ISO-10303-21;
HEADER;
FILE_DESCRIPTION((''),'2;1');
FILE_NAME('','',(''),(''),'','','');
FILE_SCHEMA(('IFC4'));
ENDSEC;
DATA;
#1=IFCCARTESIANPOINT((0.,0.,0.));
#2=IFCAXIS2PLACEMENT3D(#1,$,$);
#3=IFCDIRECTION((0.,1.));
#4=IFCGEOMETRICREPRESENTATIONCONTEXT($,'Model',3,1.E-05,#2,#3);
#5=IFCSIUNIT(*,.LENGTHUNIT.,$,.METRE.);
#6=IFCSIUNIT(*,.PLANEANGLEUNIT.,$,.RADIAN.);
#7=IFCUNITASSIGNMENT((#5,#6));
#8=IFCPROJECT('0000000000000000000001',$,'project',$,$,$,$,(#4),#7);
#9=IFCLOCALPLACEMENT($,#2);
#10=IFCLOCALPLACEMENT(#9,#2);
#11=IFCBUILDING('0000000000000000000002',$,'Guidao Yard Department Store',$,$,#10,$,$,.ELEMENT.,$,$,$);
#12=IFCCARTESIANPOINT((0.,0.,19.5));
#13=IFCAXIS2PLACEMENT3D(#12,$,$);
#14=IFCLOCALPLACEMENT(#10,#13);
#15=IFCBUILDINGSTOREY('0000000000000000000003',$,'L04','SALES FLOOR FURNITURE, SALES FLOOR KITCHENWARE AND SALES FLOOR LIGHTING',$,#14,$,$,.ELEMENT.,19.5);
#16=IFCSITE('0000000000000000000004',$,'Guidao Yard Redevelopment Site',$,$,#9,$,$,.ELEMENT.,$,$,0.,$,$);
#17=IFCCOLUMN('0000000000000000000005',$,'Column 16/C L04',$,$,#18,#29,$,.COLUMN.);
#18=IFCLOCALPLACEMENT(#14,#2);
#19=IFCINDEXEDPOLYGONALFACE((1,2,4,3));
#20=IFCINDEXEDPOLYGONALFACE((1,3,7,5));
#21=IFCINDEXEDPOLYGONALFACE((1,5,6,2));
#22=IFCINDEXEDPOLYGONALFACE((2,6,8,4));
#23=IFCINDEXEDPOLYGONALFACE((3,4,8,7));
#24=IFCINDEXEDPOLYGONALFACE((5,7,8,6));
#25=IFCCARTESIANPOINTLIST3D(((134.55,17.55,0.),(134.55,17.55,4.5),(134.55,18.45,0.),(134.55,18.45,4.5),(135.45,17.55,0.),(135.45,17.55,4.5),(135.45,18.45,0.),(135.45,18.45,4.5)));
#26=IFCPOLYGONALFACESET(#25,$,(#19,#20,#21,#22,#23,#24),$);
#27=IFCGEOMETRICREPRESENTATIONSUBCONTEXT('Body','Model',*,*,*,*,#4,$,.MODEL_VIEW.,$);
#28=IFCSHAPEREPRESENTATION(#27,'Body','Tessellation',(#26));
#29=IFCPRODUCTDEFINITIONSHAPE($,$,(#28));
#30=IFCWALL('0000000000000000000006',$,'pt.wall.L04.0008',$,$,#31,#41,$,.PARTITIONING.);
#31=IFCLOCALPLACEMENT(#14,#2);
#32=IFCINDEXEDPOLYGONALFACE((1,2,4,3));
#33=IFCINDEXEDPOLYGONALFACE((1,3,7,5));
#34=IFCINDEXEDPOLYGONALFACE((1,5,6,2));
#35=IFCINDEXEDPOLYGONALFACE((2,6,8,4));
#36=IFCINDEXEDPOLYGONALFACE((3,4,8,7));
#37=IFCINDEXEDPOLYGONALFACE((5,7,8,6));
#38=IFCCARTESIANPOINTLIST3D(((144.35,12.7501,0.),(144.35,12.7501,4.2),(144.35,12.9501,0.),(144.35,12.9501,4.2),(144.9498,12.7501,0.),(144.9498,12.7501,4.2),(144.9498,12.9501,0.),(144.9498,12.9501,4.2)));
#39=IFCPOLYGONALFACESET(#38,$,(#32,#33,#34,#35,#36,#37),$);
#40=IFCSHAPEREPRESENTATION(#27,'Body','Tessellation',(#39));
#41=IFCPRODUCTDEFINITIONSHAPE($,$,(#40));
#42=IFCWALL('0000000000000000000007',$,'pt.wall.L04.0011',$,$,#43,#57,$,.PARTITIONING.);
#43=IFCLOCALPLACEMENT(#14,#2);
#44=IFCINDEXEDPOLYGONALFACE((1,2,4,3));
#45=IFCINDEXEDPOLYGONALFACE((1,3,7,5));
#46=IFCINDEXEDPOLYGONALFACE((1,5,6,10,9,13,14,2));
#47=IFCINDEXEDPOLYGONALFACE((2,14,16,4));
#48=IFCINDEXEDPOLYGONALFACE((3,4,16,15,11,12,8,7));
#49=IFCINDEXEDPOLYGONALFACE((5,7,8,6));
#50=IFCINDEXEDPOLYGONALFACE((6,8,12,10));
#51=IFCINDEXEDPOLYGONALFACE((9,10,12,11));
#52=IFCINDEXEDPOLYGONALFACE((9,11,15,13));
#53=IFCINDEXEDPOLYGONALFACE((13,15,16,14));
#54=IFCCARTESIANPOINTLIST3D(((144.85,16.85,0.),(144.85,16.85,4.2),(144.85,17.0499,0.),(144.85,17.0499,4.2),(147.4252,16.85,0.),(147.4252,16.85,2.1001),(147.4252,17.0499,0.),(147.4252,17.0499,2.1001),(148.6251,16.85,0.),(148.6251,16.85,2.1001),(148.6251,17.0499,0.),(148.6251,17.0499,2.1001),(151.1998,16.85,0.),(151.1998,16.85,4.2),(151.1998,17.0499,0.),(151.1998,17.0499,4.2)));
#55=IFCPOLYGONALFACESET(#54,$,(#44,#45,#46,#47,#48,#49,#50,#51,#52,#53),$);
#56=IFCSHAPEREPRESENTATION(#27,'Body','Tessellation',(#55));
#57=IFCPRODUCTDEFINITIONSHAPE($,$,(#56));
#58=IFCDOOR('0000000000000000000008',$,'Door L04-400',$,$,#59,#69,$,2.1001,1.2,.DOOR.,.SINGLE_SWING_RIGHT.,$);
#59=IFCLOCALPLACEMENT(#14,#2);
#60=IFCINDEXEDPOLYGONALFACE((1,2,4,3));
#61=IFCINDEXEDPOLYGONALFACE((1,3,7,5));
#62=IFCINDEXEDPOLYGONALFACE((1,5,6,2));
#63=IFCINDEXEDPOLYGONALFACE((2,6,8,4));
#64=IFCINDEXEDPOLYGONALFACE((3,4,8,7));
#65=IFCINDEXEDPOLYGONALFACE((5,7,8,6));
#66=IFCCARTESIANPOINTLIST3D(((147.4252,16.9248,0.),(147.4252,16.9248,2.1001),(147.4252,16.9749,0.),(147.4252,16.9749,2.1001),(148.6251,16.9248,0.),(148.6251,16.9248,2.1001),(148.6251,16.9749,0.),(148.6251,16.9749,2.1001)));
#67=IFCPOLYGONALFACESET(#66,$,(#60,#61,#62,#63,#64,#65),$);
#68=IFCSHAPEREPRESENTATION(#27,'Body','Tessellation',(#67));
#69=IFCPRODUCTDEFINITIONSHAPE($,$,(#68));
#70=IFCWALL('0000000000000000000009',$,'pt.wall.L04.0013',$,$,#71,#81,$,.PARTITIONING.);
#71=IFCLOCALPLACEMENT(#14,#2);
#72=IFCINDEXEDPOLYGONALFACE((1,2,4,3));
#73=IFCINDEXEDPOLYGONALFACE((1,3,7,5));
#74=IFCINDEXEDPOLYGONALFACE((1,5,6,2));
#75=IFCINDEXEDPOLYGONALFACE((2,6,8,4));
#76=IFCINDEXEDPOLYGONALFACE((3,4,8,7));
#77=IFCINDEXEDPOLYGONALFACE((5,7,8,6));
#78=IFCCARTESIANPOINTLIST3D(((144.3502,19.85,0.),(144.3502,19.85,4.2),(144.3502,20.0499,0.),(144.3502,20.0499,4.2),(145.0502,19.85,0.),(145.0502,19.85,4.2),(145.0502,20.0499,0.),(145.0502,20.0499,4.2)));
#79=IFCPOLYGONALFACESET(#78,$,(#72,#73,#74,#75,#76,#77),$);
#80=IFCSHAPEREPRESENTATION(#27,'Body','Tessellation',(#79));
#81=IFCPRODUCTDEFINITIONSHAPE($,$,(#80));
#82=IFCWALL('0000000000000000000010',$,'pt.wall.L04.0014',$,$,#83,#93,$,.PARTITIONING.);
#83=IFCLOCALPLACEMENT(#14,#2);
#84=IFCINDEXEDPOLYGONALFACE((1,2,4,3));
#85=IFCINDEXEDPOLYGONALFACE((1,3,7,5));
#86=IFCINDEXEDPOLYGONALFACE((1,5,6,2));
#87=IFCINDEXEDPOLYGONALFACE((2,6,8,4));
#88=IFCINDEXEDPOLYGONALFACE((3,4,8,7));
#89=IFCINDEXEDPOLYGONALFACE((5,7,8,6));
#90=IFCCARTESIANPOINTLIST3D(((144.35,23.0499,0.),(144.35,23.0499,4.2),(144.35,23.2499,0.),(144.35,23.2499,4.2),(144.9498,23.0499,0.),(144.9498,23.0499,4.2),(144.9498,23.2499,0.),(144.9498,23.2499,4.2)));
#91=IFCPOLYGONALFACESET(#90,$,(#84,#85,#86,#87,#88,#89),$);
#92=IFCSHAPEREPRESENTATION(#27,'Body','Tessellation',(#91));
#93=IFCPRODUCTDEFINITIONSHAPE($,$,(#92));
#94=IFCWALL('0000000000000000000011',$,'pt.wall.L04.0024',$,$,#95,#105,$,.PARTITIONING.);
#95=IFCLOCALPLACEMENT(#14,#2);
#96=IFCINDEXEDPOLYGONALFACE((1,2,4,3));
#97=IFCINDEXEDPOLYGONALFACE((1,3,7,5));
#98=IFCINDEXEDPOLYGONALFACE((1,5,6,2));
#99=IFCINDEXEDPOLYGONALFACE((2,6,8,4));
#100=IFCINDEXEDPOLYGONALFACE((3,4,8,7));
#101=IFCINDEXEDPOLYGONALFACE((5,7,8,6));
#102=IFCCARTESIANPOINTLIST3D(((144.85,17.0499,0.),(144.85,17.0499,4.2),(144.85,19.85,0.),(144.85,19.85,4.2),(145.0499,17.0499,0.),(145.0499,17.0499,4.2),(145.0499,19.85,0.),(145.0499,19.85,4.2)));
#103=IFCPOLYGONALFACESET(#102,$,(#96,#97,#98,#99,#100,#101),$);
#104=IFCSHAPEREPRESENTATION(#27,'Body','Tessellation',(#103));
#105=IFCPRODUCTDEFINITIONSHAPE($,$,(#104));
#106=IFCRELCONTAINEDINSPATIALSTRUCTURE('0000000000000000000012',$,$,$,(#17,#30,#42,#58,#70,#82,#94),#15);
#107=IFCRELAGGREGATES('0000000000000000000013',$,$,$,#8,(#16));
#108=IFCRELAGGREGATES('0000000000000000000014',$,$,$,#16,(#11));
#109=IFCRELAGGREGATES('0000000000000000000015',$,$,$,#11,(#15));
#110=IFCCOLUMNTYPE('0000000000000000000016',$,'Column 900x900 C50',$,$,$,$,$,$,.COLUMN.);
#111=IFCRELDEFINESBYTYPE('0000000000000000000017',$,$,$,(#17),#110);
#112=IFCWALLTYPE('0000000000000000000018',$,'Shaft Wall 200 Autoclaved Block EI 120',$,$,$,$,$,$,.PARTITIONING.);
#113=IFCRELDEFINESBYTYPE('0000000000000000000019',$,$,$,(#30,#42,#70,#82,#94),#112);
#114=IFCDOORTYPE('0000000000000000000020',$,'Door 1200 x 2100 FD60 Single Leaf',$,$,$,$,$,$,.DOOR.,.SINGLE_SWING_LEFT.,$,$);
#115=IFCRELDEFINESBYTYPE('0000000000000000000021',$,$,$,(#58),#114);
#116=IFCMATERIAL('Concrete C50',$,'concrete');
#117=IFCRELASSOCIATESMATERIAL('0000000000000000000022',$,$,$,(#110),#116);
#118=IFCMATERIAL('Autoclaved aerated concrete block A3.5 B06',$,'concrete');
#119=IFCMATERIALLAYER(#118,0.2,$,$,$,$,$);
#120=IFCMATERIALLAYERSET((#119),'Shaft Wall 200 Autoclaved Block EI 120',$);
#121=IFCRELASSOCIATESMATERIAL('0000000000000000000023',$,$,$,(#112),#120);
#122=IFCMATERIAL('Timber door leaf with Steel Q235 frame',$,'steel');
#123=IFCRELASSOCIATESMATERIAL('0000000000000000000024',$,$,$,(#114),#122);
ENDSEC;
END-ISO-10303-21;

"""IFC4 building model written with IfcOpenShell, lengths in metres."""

from ifc_helpers import new_model, si_unit, direction, frame, frame_2d, origin, origin_2d, place, context, subcontext, project, spatial, rectangle, extrude, material, layer, layer_set, material_profile, profile_set, type_object, element, fill, save


model = new_model("IFC4")

# Units and contexts
model_context = context("Model", 3, precision=1e-05, world=origin(), true_north=direction((0.0, 1.0)))
body_context = subcontext(model_context, "Body", "Model", "MODEL_VIEW")
ifc_project = project(units=[si_unit("LENGTHUNIT", "METRE"), si_unit("PLANEANGLEUNIT", "RADIAN")], contexts=[model_context])

# Site, building, storey
site_placement = place(None, origin())
site = spatial("IfcSite", under=ifc_project, at=site_placement, Name="Guidao Yard Redevelopment Site", CompositionType="ELEMENT", RefElevation=0.0)
building_placement = place(site_placement, origin())
building = spatial("IfcBuilding", under=site, at=building_placement, Name="Guidao Yard Department Store", CompositionType="ELEMENT")
storey_placement = place(building_placement, frame((0.0, 0.0, 19.5)))
storey = spatial("IfcBuildingStorey", under=building, at=storey_placement, Name="L04", Description="SALES FLOOR FURNITURE, SALES FLOOR KITCHENWARE AND SALES FLOOR LIGHTING", CompositionType="ELEMENT", Elevation=19.5)

# Column
ifc_material_1 = material(Name="Concrete C50", Category="concrete")
ifc_material_profile = material_profile(ifc_material_1, rectangle(XDim=0.8999, YDim=0.8999, at=origin_2d()), Name="COL 900x900")
ifc_profile_set = profile_set([ifc_material_profile], Name="Concrete C50")
column_type = type_object("IfcColumnType", Name="Column 900x900 C50", PredefinedType="COLUMN", material=ifc_profile_set)
column_placement = place(storey_placement, frame((135.0, 18.0, 0.0), z_axis=(0.0, 0.0, 1.0), x_axis=(1.0, 0.0, 0.0)))
element("IfcColumn", 1, at=column_placement, inside=storey, type_object=column_type, Name="Column 16/C L04", PredefinedType="COLUMN", context=body_context, shape_type="SweptSolid", body=[
    extrude(rectangle(XDim=0.8999, YDim=0.8999, at=origin_2d()), origin(), (0.0, 0.0, 1.0), 4.5),
])

# Wall
ifc_material_2 = material(Name="Autoclaved aerated concrete block A3.5 B06", Category="concrete")
ifc_layer_1 = layer(ifc_material_2, 0.2)
ifc_layer_set_1 = layer_set([ifc_layer_1], Name="Shaft Wall 200 Autoclaved Block EI 120")
wall_type_1 = type_object("IfcWallType", Name="Shaft Wall 200 Autoclaved Block EI 120", PredefinedType="PARTITIONING", material=ifc_layer_set_1)
wall_1_placement = place(storey_placement, frame((144.3501, 12.8501, 0.0), z_axis=(0.0, 0.0, 1.0), x_axis=(1.0, 0.0, 0.0)))
element("IfcWall", 2, at=wall_1_placement, inside=storey, type_object=wall_type_1, Name="pt.wall.L04.0008", PredefinedType="PARTITIONING", context=body_context, shape_type="SweptSolid", body=[
    extrude(rectangle(XDim=0.5999, YDim=0.2, at=frame_2d((0.2998, 0.0))), origin(), (0.0, 0.0, 1.0), 4.2),
])

# Wall, opening, door
wall_2_placement = place(storey_placement, frame((144.8501, 16.95, 0.0), z_axis=(0.0, 0.0, 1.0), x_axis=(1.0, 0.0, 0.0)))
wall_2 = element("IfcWall", 3, at=wall_2_placement, inside=storey, type_object=wall_type_1, Name="pt.wall.L04.0011", PredefinedType="PARTITIONING", context=body_context, shape_type="SweptSolid", body=[
    extrude(rectangle(XDim=6.3499, YDim=0.2, at=frame_2d((3.1748, 0.0))), origin(), (0.0, 0.0, 1.0), 4.2),
])
opening_1_placement = place(wall_2_placement, frame((2.575, 0.0, 0.0)))
opening_1 = element("IfcOpeningElement", 4, at=opening_1_placement, cuts=wall_2, PredefinedType="OPENING", context=body_context, shape_type="SweptSolid", body=[
    extrude(rectangle(XDim=1.2, YDim=2.1001, at=frame_2d((0.6001, 1.05))), frame((0.0, 0.1099, 0.0), z_axis=(0.0, -1.0, 0.0), x_axis=(1.0, 0.0, 0.0)), (0.0, 0.0, 1.0), 0.22),
])
ifc_material_3 = material(Name="Timber door leaf with Steel Q235 frame", Category="steel")
door_type_1 = type_object("IfcDoorType", Name="Door 1200 x 2100 FD60 Single Leaf", OperationType="SINGLE_SWING_LEFT", PredefinedType="DOOR", material=ifc_material_3)
door_1_placement = place(opening_1_placement, origin())
door_1 = element("IfcDoor", 5, at=door_1_placement, inside=storey, type_object=door_type_1, Name="Door L04-400", OperationType="SINGLE_SWING_RIGHT", OverallHeight=2.1001, OverallWidth=1.2, PredefinedType="DOOR", context=body_context, shape_type="SweptSolid", body=[
    extrude(rectangle(XDim=1.2, YDim=2.1001, at=frame_2d((0.6001, 1.05))), frame((0.0, 0.0249, 0.0), z_axis=(0.0, -1.0, 0.0), x_axis=(1.0, 0.0, 0.0)), (0.0, 0.0, 1.0), 0.05),
])
fill(opening_1, door_1)

# Walls
wall_3_placement = place(storey_placement, frame((144.3501, 19.95, 0.0), z_axis=(0.0, 0.0, 1.0), x_axis=(1.0, 0.0, 0.0)))
element("IfcWall", 6, at=wall_3_placement, inside=storey, type_object=wall_type_1, Name="pt.wall.L04.0013", PredefinedType="PARTITIONING", context=body_context, shape_type="SweptSolid", body=[
    extrude(rectangle(XDim=0.7, YDim=0.2, at=frame_2d((0.3501, 0.0))), origin(), (0.0, 0.0, 1.0), 4.2),
])
wall_4_placement = place(storey_placement, frame((144.3501, 23.1499, 0.0), z_axis=(0.0, 0.0, 1.0), x_axis=(1.0, 0.0, 0.0)))
element("IfcWall", 7, at=wall_4_placement, inside=storey, type_object=wall_type_1, Name="pt.wall.L04.0014", PredefinedType="PARTITIONING", context=body_context, shape_type="SweptSolid", body=[
    extrude(rectangle(XDim=0.5999, YDim=0.2, at=frame_2d((0.2998, 0.0))), origin(), (0.0, 0.0, 1.0), 4.2),
])
wall_5_placement = place(storey_placement, frame((144.95, 17.05, 0.0), z_axis=(0.0, 0.0, 1.0), x_axis=(0.0, 1.0, 0.0)))
element("IfcWall", 8, at=wall_5_placement, inside=storey, type_object=wall_type_1, Name="pt.wall.L04.0024", PredefinedType="PARTITIONING", context=body_context, shape_type="SweptSolid", body=[
    extrude(rectangle(XDim=2.8, YDim=0.2, at=frame_2d((1.3999, 0.0))), origin(), (0.0, 0.0, 1.0), 4.2),
])

save(model, "model.ifc")
